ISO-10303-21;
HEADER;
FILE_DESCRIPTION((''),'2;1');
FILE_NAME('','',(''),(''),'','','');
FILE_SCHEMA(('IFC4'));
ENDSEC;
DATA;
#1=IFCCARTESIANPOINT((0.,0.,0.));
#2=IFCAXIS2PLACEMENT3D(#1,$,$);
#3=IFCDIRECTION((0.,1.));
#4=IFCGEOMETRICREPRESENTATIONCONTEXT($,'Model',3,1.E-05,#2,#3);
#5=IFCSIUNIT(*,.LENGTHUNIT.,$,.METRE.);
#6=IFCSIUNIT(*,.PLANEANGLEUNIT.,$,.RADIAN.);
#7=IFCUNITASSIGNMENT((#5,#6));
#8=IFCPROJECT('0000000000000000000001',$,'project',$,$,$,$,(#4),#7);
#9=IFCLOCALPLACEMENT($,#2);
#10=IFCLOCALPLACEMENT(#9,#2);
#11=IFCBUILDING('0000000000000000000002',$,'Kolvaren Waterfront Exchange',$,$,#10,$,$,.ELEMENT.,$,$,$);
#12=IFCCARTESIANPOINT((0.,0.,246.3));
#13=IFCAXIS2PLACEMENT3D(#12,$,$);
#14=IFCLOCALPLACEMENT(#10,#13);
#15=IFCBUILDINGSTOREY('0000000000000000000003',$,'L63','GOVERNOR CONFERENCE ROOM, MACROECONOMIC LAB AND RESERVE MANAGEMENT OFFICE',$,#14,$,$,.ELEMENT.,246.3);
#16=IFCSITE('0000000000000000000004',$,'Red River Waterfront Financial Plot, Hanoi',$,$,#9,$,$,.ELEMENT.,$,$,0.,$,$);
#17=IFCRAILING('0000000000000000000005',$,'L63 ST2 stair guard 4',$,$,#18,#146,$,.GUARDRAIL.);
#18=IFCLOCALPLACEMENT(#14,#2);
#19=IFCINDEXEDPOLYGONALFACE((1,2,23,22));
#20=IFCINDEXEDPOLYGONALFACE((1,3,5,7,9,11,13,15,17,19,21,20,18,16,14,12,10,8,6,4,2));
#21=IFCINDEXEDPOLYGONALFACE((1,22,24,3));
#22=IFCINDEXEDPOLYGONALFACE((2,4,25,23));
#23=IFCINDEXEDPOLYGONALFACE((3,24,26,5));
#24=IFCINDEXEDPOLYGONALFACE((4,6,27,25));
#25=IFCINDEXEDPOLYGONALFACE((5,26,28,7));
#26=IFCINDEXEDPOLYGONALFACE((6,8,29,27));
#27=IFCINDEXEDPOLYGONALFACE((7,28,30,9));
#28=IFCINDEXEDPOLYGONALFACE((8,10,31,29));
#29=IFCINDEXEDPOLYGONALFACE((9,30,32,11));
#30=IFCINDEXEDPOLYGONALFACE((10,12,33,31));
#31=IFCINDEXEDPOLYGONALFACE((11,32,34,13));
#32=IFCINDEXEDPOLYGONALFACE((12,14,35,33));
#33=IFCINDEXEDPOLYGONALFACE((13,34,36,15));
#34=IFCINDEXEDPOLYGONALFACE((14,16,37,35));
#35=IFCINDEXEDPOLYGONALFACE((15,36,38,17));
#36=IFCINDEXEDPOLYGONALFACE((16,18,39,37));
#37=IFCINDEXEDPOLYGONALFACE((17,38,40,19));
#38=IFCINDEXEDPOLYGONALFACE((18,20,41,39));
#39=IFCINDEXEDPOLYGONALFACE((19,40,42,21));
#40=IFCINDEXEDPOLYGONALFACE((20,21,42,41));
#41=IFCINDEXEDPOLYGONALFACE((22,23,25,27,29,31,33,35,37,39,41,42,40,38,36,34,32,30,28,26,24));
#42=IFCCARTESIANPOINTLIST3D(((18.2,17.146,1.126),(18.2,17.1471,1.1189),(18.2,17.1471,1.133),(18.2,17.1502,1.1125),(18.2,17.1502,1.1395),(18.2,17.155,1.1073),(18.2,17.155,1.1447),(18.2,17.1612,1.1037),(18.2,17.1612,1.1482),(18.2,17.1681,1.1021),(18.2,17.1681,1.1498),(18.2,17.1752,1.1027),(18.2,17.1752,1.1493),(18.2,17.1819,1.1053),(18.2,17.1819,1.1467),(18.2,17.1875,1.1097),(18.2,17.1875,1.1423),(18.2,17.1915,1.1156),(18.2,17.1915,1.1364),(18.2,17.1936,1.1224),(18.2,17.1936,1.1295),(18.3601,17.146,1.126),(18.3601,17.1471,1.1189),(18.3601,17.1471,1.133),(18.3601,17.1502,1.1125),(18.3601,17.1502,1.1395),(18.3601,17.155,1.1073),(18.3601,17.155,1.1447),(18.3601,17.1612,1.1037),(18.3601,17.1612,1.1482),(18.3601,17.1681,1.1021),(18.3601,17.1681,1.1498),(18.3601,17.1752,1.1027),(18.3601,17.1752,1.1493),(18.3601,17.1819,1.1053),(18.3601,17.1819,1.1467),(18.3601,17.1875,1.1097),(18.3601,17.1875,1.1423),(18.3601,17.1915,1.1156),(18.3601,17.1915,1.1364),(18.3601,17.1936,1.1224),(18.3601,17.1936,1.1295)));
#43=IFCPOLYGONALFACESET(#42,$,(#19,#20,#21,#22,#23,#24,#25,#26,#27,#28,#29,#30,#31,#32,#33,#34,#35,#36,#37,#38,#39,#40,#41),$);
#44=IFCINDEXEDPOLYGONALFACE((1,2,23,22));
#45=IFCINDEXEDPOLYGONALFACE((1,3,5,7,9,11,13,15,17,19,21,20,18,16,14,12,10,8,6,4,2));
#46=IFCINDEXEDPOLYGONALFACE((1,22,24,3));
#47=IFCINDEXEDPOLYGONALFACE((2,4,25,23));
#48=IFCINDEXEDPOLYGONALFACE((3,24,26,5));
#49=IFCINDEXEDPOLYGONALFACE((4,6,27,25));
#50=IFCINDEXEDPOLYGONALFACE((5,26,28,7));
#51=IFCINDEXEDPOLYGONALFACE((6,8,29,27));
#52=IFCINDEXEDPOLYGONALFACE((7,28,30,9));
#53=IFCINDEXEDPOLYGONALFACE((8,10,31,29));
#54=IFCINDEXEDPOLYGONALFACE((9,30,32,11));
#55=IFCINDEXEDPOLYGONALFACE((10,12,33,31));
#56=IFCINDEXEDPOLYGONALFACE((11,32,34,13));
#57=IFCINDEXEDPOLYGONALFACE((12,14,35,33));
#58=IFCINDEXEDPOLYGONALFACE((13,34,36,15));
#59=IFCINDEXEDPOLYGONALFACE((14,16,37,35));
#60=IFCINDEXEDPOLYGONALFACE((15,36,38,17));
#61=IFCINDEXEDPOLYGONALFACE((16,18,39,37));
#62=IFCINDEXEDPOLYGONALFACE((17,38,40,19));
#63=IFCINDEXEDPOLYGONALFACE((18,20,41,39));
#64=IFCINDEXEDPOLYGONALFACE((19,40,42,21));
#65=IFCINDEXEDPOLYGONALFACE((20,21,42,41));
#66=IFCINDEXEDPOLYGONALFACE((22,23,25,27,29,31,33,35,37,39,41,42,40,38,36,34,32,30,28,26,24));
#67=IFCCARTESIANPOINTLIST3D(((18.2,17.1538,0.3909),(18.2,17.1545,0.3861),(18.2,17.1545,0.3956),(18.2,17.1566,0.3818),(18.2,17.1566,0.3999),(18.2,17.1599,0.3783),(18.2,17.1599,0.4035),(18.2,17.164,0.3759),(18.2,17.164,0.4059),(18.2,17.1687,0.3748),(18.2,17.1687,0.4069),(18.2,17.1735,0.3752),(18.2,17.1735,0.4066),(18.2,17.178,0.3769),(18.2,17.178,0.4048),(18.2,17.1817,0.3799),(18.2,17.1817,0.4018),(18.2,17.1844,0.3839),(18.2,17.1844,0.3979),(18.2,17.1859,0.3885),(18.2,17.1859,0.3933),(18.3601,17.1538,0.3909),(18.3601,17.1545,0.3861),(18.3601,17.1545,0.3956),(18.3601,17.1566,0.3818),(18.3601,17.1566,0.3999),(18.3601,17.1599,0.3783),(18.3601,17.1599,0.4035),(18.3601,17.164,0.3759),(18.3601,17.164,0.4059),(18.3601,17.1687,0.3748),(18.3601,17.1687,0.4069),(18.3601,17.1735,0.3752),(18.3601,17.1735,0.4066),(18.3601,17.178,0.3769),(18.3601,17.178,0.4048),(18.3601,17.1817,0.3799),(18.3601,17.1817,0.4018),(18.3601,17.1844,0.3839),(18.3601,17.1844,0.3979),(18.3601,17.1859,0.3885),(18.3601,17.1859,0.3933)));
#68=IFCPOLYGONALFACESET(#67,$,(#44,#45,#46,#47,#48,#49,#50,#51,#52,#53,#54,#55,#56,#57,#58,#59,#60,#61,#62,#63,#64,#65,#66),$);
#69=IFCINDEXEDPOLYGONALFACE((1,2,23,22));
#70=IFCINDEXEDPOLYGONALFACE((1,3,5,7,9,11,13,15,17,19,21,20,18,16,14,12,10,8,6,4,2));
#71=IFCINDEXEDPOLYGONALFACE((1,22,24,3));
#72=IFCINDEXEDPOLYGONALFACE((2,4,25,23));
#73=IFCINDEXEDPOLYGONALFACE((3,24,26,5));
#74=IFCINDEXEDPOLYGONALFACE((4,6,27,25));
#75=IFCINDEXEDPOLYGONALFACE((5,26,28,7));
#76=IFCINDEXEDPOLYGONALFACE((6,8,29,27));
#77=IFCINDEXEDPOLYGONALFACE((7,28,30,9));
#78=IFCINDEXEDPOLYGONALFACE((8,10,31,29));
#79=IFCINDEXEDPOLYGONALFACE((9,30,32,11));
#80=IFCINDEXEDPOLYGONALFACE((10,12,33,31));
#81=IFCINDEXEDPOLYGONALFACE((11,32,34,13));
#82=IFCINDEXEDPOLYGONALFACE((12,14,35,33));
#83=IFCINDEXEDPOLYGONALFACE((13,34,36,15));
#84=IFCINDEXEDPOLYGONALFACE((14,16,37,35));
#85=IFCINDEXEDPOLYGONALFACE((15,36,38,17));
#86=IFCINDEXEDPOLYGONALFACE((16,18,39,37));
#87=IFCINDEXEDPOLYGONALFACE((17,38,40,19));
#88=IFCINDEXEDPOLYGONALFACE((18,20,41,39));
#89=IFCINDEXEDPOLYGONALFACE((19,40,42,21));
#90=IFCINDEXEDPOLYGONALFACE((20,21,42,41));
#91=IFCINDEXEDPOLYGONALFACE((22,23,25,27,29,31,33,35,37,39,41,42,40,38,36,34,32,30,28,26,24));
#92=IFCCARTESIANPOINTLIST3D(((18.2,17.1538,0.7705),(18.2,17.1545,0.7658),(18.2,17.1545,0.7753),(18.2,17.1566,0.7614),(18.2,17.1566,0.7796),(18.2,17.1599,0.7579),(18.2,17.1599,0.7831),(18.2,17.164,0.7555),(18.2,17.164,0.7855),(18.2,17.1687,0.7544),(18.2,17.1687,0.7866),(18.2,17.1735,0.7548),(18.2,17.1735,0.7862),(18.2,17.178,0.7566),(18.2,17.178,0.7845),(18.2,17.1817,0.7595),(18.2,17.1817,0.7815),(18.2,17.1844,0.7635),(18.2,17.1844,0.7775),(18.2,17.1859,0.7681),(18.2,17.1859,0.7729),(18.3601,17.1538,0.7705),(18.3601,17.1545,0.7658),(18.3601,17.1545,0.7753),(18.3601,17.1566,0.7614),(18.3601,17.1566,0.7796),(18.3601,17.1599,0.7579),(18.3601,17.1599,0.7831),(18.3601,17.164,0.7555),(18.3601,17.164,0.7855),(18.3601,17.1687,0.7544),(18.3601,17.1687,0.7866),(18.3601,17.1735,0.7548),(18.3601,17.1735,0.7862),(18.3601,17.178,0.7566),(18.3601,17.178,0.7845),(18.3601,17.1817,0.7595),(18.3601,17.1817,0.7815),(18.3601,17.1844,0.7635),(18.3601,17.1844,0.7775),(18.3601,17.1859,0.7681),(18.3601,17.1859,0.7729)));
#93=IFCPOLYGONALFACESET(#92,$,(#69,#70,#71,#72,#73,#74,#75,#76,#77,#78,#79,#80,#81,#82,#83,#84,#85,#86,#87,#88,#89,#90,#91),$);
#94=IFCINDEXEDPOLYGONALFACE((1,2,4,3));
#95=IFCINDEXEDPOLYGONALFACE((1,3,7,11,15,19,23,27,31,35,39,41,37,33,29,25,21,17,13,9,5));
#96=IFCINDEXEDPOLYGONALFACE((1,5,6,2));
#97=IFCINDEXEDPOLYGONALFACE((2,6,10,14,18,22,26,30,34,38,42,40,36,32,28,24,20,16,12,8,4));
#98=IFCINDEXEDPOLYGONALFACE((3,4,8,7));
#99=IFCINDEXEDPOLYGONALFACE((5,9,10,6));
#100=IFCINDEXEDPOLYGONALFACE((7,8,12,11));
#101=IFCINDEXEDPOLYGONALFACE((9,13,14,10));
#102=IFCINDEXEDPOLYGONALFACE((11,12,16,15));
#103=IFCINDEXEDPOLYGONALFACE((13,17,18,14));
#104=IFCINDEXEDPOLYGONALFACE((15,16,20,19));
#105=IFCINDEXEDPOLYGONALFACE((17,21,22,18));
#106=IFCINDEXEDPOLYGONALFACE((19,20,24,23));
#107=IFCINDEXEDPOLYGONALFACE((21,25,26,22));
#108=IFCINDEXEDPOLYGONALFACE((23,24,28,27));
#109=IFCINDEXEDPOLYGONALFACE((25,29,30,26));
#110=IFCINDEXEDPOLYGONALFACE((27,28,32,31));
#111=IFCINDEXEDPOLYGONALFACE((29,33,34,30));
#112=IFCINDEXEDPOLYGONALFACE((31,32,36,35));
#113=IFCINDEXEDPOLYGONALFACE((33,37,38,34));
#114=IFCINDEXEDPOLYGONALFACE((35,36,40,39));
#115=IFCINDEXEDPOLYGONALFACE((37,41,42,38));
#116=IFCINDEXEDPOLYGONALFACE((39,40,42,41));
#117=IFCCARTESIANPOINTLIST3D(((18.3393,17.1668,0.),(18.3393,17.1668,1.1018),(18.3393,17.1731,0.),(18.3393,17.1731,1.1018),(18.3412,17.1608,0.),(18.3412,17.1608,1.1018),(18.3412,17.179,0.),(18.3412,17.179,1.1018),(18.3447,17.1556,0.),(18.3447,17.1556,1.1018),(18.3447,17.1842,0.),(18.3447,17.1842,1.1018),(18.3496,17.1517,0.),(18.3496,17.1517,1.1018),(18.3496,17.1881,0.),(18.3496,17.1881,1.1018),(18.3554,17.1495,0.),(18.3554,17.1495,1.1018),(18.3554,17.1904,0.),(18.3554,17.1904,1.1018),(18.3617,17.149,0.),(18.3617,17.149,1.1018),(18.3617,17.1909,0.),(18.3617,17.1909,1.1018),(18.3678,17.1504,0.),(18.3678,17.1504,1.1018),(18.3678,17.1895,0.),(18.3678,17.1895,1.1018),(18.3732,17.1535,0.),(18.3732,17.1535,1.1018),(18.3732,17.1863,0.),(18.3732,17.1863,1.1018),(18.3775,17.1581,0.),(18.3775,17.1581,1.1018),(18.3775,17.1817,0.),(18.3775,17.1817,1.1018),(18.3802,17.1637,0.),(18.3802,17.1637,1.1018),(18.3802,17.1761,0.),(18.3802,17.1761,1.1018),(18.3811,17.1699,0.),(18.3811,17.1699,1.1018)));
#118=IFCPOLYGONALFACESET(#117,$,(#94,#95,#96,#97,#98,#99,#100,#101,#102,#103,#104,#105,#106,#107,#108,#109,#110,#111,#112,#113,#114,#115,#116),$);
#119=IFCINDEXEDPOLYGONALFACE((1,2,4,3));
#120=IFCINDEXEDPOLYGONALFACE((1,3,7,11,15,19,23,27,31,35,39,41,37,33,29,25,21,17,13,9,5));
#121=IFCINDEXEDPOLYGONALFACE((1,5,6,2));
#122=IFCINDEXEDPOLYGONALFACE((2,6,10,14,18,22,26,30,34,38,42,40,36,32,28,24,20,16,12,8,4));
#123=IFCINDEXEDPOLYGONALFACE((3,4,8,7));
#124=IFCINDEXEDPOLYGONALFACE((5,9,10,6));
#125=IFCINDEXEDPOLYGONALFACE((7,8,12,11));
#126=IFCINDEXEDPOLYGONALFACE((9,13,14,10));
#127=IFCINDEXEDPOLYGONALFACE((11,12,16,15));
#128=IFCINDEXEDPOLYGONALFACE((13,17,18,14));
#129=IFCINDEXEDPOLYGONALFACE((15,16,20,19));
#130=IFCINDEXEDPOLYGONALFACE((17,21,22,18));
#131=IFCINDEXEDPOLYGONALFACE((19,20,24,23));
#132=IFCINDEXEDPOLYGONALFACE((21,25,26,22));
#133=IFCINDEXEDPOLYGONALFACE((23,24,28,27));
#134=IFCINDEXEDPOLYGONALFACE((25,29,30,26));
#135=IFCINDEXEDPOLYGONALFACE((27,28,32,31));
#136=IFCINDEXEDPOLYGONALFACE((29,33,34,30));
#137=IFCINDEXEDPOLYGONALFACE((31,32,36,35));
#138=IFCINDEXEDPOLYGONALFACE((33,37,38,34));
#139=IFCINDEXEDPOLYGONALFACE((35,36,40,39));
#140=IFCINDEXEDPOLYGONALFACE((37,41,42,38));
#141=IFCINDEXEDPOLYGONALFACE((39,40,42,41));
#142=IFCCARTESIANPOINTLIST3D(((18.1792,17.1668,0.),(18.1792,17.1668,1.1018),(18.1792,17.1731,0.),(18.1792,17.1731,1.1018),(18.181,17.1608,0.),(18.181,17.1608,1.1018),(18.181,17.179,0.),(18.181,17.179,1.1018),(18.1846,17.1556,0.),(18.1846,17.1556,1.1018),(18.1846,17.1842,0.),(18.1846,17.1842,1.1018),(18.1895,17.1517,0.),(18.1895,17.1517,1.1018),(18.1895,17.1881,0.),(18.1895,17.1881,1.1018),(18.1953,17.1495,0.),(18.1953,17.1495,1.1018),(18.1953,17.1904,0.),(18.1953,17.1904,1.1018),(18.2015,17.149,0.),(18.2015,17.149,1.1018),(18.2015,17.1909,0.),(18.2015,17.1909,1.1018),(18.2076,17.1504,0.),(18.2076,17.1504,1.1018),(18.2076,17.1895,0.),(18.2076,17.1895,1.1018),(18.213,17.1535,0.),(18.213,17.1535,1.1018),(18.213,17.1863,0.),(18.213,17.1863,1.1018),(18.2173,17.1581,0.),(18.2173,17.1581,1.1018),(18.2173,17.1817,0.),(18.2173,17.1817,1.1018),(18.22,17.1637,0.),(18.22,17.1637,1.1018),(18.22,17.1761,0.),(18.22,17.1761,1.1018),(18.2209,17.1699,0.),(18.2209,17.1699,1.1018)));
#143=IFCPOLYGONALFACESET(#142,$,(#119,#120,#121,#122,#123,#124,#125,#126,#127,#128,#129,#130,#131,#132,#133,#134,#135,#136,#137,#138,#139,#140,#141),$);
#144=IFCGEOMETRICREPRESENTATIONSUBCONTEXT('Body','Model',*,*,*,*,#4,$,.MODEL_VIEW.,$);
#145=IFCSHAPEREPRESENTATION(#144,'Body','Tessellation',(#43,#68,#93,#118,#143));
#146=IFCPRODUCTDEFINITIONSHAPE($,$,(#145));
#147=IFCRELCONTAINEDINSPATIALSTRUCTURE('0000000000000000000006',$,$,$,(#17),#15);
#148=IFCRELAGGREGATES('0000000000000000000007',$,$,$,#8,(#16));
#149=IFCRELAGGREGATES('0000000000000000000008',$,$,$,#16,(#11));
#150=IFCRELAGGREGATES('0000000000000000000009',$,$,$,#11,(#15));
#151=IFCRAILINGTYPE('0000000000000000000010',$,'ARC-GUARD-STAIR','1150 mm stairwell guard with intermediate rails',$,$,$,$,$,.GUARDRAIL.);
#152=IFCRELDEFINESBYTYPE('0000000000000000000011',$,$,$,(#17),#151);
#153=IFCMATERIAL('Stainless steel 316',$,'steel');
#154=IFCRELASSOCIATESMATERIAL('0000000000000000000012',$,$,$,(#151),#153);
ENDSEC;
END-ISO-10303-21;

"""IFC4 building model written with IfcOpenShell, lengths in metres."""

from ifc_helpers import new_model, si_unit, direction, frame, origin, origin_2d, place, context, subcontext, project, spatial, circle, extrude, material, type_object, element, save


model = new_model("IFC4")

# Units and contexts
model_context = context("Model", 3, precision=1e-05, world=origin(), true_north=direction((0.0, 1.0)))
body_context = subcontext(model_context, "Body", "Model", "MODEL_VIEW")
ifc_project = project(units=[si_unit("LENGTHUNIT", "METRE"), si_unit("PLANEANGLEUNIT", "RADIAN")], contexts=[model_context])

# Site, building, storey
site_placement = place(None, origin())
site = spatial("IfcSite", under=ifc_project, at=site_placement, Name="Red River Waterfront Financial Plot, Hanoi", CompositionType="ELEMENT", RefElevation=0.0)
building_placement = place(site_placement, origin())
building = spatial("IfcBuilding", under=site, at=building_placement, Name="Kolvaren Waterfront Exchange", CompositionType="ELEMENT")
storey_placement = place(building_placement, frame((0.0, 0.0, 246.3)))
storey = spatial("IfcBuildingStorey", under=building, at=storey_placement, Name="L63", Description="GOVERNOR CONFERENCE ROOM, MACROECONOMIC LAB AND RESERVE MANAGEMENT OFFICE", CompositionType="ELEMENT", Elevation=246.3)

# Railing
ifc_material_1 = material(Name="Stainless steel 316", Category="steel")
railing_type_1 = type_object("IfcRailingType", Name="ARC-GUARD-STAIR", Description="1150 mm stairwell guard with intermediate rails", PredefinedType="GUARDRAIL", material=ifc_material_1)
railing_1_placement = place(storey_placement, frame((18.3601, 17.1699, 0.0)))
element("IfcRailing", 1, at=railing_1_placement, inside=storey, type_object=railing_type_1, Name="L63 ST2 stair guard 4", PredefinedType="GUARDRAIL", context=body_context, shape_type="SweptSolid", body=[
    extrude(circle(Radius=0.0239, at=origin_2d()), frame((0.0, 0.0, 1.126), z_axis=(-1.0, 0.0, 0.0), x_axis=(0.0, -1.0, 0.0)), (0.0, 0.0, 1.0), 0.1602),
    extrude(circle(Radius=0.0161, at=origin_2d()), frame((0.0, 0.0, 0.3909), z_axis=(-1.0, 0.0, 0.0), x_axis=(0.0, -1.0, 0.0)), (0.0, 0.0, 1.0), 0.1602),
    extrude(circle(Radius=0.0161, at=origin_2d()), frame((0.0, 0.0, 0.7705), z_axis=(-1.0, 0.0, 0.0), x_axis=(0.0, -1.0, 0.0)), (0.0, 0.0, 1.0), 0.1602),
    extrude(circle(Radius=0.021, at=origin_2d()), origin(), (0.0, 0.0, 1.0), 1.1018),
    extrude(circle(Radius=0.021, at=origin_2d()), frame((-0.1602, 0.0, 0.0)), (0.0, 0.0, 1.0), 1.1018),
])

save(model, "model.ifc")
